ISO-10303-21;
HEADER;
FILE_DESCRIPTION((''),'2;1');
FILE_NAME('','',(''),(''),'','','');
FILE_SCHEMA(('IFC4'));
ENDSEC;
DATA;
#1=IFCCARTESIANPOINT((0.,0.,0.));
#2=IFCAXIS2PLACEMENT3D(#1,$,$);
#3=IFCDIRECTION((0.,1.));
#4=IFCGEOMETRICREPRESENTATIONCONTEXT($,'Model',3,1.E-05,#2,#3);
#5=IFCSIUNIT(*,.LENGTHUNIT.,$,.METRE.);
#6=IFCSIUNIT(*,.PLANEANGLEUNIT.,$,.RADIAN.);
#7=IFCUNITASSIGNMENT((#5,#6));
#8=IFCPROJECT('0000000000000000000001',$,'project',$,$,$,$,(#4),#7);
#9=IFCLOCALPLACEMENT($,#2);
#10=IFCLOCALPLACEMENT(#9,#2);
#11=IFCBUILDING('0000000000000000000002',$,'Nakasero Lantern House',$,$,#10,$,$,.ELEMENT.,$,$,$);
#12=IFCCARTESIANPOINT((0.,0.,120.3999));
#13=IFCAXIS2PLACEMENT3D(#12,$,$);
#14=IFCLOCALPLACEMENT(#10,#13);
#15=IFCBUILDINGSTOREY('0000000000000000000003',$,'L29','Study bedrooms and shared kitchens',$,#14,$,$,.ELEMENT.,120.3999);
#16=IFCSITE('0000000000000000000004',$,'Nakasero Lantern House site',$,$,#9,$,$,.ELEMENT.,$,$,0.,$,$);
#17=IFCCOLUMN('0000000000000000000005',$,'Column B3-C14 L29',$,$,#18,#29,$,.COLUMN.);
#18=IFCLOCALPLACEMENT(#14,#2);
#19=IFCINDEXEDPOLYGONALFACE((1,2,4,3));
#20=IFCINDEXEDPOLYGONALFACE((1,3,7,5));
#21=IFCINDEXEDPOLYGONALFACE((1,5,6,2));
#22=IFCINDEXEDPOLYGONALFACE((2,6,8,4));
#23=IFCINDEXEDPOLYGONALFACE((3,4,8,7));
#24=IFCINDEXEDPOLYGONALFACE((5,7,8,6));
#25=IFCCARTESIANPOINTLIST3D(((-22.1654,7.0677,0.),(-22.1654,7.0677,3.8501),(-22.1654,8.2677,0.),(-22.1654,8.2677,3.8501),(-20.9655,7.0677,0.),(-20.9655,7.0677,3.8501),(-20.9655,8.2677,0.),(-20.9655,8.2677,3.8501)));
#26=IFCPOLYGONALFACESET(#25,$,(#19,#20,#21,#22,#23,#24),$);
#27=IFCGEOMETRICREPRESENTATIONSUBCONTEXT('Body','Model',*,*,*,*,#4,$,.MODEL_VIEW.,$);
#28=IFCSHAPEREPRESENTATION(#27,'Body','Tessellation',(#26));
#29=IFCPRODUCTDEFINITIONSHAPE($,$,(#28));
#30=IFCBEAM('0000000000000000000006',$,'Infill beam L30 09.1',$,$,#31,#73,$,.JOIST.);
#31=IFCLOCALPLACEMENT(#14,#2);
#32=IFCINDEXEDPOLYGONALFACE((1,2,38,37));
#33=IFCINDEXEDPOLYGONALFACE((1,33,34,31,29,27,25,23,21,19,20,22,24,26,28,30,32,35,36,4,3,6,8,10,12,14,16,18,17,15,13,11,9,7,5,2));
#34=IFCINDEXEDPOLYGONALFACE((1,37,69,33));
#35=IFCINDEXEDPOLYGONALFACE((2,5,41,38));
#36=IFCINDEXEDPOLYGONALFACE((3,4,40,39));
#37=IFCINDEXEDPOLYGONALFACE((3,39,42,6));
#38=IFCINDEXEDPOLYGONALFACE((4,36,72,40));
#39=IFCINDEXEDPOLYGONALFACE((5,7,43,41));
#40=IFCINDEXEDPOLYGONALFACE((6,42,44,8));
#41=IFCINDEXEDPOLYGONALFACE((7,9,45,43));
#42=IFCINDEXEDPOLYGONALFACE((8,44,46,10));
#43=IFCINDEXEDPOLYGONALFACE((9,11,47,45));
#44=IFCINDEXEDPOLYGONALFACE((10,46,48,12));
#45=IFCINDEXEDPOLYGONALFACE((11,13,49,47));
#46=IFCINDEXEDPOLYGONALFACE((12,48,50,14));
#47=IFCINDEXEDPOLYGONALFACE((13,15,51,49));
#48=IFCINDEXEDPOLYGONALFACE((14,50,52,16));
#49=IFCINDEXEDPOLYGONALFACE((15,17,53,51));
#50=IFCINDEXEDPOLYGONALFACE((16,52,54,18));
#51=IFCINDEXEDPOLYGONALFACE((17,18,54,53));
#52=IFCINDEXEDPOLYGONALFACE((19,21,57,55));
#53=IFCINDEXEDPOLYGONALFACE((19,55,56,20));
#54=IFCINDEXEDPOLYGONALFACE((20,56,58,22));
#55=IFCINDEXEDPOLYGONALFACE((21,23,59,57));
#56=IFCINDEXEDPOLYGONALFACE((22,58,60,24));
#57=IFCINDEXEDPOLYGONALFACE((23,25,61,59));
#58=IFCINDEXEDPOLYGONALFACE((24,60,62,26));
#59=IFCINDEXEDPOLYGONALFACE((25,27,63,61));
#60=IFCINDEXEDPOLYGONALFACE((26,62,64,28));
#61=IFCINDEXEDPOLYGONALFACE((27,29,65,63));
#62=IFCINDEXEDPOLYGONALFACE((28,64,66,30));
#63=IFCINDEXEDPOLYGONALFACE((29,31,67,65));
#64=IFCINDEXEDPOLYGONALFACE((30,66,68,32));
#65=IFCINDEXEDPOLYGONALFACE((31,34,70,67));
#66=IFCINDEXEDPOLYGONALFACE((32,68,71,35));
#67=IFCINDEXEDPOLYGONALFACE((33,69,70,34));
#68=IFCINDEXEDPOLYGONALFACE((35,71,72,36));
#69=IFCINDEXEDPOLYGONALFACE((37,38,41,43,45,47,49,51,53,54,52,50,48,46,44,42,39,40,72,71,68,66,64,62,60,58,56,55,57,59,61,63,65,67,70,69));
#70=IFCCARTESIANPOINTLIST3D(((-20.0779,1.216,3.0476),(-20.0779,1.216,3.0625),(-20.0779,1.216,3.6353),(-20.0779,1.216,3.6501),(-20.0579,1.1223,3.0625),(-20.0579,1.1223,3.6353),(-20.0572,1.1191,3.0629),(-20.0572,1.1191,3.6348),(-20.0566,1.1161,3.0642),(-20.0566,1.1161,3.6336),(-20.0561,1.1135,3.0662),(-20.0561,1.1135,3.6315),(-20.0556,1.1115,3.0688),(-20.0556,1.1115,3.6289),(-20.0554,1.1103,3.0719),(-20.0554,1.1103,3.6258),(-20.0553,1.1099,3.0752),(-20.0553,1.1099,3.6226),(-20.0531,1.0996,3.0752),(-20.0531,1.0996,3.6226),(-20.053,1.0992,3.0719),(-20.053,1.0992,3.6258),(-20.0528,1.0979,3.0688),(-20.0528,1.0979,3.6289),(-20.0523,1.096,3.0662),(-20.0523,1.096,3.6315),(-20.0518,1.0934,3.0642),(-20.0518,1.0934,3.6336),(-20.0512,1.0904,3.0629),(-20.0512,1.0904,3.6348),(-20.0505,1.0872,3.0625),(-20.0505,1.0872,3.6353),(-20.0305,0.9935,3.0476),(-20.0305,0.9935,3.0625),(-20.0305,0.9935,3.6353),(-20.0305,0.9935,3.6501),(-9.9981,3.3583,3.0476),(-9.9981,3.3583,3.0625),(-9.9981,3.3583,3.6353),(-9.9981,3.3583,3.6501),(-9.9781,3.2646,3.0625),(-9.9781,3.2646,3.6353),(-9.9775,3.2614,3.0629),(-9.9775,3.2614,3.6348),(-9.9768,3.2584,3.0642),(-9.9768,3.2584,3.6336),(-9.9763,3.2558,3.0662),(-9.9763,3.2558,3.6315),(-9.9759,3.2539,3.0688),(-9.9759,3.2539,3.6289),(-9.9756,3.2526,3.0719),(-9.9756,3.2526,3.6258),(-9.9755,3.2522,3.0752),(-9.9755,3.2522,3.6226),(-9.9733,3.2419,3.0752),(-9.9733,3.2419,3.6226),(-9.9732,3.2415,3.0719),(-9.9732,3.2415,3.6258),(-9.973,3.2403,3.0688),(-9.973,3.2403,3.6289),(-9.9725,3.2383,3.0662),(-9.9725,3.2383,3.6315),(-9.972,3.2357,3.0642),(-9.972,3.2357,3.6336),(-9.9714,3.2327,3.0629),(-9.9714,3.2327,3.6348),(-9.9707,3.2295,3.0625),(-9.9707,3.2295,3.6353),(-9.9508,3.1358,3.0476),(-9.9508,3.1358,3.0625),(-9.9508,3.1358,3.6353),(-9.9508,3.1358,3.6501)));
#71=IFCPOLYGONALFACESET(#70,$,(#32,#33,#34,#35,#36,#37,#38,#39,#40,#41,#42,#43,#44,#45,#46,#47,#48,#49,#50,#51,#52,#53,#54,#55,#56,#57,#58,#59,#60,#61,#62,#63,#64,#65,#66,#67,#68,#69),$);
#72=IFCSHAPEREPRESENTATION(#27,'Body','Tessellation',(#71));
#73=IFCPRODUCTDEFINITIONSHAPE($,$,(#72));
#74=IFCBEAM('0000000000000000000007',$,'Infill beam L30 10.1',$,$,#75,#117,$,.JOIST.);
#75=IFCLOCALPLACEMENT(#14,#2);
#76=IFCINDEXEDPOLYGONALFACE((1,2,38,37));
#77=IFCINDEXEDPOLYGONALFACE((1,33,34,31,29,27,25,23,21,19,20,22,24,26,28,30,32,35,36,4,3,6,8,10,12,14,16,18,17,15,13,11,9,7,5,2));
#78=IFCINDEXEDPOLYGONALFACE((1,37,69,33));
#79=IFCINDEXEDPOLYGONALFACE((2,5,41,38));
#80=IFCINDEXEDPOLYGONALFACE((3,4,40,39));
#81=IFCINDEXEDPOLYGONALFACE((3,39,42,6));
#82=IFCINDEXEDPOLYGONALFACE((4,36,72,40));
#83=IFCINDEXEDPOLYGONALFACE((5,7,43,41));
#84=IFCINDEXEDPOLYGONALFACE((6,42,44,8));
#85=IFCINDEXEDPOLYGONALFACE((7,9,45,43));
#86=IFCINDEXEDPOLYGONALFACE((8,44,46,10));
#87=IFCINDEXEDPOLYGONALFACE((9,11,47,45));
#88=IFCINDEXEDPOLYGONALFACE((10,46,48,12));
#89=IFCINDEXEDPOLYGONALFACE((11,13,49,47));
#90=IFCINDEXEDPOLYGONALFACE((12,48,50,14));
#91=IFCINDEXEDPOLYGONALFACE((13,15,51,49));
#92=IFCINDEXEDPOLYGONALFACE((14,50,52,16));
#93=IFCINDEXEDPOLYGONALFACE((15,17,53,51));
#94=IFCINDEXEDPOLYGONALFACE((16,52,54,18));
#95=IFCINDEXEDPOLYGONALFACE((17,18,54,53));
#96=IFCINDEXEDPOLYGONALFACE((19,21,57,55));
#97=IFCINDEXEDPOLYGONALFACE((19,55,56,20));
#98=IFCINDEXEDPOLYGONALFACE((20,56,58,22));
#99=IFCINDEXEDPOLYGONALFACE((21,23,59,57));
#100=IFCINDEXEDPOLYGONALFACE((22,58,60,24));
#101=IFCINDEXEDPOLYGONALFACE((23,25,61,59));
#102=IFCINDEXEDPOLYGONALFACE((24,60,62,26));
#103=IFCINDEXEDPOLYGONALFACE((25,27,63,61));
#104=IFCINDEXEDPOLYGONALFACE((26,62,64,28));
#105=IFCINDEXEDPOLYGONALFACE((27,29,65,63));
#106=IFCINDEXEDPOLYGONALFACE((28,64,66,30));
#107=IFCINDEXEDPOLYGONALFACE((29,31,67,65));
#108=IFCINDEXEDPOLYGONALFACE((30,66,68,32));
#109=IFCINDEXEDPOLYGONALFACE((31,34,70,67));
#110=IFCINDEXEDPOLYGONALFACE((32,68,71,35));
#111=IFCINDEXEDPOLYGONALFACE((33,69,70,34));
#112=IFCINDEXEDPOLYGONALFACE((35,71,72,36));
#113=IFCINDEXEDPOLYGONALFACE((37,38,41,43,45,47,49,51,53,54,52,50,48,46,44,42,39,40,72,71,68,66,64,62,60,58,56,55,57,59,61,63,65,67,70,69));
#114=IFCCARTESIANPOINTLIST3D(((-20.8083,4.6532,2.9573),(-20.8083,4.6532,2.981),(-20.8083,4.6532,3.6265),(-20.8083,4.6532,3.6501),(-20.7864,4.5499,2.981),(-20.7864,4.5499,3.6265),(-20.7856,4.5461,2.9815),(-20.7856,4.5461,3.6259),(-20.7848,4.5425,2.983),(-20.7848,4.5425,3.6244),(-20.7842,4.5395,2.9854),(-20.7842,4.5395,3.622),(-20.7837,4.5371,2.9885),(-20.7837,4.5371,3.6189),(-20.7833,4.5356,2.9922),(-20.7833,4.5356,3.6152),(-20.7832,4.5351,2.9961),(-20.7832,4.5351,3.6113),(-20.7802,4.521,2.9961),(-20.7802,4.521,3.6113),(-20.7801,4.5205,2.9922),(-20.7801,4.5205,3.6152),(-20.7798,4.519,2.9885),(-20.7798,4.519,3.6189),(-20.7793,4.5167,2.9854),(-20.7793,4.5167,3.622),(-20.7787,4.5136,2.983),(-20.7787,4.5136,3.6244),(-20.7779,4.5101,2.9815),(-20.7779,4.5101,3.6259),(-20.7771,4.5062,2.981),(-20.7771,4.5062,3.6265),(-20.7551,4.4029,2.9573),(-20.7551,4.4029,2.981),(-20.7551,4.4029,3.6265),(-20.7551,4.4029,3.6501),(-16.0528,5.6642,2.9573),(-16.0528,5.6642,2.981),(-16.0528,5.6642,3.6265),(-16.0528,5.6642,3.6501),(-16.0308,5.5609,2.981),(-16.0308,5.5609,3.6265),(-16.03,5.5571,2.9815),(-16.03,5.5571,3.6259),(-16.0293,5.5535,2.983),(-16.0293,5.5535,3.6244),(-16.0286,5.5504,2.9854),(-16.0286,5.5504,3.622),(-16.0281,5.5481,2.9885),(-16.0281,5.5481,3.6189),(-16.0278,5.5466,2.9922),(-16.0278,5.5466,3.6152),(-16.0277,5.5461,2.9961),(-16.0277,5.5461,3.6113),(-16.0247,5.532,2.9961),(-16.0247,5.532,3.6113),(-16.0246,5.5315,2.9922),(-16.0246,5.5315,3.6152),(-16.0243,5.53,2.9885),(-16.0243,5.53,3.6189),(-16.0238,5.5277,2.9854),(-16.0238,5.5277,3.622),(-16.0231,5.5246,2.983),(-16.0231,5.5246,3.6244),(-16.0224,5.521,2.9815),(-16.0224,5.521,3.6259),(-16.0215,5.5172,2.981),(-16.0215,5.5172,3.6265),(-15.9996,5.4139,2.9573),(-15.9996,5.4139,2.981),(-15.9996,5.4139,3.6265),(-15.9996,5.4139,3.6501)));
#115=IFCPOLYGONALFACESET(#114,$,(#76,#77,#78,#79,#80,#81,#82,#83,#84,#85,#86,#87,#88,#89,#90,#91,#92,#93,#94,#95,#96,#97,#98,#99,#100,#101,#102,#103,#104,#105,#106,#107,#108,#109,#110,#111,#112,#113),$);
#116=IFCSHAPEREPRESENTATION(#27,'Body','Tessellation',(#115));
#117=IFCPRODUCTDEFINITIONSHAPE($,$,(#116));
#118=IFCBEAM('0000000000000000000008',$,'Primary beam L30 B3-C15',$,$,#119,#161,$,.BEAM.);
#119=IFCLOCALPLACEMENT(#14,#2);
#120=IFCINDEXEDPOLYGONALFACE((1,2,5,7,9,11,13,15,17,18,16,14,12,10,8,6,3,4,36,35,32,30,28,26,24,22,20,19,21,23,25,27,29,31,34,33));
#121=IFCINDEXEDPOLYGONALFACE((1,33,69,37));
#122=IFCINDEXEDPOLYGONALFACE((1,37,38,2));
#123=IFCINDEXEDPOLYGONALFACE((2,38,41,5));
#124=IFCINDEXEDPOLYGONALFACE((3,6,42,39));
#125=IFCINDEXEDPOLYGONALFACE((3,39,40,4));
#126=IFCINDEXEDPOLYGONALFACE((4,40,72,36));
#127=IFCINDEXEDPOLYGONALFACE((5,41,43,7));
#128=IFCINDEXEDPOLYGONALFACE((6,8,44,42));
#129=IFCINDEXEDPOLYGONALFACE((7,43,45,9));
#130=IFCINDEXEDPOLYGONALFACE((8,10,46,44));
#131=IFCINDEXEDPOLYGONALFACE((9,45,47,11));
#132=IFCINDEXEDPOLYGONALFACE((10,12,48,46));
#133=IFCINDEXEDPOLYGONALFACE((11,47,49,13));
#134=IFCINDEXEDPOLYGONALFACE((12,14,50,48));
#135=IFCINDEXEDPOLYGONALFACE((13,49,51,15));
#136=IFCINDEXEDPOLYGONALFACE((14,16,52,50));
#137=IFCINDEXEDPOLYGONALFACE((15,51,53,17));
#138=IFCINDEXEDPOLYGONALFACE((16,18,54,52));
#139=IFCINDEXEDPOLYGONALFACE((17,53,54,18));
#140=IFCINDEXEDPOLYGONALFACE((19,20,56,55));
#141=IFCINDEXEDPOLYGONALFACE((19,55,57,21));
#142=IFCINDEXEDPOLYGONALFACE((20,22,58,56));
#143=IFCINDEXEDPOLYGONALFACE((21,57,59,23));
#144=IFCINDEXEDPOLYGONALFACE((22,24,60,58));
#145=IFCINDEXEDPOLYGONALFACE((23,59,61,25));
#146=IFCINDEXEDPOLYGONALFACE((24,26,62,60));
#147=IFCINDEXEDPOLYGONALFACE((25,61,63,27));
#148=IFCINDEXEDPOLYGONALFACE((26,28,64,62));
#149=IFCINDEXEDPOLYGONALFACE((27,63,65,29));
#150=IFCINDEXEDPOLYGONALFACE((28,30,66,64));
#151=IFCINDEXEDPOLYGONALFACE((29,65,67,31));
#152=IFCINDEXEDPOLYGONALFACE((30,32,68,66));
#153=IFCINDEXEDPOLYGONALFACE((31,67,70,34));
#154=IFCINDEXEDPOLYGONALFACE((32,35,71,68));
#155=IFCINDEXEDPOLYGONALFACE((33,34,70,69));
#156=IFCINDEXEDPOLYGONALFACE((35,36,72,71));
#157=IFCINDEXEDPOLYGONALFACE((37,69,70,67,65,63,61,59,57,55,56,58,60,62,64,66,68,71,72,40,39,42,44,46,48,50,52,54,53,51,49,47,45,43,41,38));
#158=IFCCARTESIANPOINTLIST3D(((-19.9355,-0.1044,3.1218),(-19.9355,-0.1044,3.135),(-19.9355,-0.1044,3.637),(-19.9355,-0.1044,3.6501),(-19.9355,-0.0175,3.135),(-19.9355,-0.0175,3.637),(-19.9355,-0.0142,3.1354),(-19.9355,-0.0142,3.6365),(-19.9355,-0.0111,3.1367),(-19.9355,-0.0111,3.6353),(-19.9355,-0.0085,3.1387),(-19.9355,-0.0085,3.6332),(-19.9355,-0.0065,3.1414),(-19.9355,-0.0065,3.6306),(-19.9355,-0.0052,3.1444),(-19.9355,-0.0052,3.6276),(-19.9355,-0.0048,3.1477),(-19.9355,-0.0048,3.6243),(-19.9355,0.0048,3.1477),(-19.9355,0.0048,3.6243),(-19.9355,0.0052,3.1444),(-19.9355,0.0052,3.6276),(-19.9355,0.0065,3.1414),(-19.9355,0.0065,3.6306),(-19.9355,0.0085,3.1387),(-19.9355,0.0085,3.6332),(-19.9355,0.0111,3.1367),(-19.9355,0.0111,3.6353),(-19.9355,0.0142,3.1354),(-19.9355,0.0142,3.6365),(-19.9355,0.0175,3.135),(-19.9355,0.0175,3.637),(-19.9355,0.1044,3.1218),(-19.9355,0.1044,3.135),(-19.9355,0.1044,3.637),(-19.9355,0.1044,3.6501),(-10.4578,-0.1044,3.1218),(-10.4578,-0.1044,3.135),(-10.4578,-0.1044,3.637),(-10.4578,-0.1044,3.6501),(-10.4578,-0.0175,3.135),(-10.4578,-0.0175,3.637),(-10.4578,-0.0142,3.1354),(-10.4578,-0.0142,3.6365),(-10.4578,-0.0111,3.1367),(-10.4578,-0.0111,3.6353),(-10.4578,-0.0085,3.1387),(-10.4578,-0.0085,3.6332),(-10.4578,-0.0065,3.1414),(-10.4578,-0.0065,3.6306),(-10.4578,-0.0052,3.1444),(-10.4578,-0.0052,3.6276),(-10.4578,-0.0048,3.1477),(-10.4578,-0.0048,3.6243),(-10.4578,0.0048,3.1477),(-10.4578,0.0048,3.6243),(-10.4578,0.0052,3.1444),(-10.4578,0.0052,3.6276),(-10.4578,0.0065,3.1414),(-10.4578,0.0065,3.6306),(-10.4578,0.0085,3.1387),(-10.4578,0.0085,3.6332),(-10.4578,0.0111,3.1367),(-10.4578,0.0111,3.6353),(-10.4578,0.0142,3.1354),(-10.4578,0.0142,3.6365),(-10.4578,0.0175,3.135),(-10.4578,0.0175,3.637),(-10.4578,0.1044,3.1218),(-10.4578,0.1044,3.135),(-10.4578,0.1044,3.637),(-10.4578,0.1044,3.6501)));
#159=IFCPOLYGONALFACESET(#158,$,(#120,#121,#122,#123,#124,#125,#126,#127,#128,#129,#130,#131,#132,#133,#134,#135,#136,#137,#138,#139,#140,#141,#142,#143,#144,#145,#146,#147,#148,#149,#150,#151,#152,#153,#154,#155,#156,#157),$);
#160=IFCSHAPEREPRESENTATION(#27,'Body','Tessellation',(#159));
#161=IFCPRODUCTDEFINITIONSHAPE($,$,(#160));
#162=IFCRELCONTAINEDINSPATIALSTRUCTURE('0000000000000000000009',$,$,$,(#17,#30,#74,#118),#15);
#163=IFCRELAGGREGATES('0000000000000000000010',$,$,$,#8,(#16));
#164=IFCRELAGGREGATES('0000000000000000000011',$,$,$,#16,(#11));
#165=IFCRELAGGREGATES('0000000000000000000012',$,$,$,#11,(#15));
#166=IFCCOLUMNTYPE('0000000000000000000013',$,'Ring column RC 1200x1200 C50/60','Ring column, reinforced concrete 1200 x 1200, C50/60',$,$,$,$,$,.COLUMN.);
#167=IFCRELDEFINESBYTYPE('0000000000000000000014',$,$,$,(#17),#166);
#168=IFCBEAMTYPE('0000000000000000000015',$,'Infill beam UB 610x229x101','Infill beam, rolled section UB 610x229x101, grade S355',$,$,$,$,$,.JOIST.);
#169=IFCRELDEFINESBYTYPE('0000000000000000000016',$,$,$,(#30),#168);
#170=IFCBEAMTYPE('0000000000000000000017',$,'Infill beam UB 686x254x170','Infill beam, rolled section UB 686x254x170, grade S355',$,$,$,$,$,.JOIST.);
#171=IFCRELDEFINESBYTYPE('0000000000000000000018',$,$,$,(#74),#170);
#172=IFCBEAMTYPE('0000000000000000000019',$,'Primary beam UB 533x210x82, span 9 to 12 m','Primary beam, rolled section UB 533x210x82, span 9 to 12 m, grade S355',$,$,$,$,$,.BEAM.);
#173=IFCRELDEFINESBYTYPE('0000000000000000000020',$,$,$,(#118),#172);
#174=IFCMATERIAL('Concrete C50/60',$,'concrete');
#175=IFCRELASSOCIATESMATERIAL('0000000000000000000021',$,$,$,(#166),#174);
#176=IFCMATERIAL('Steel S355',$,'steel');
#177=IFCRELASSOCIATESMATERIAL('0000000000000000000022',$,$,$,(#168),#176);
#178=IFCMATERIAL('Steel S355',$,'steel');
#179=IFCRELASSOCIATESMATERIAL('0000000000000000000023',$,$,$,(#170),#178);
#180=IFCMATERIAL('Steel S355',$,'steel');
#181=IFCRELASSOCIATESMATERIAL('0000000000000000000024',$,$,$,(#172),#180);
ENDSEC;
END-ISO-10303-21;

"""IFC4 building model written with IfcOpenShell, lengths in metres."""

from ifc_helpers import new_model, si_unit, direction, frame, origin, origin_2d, place, context, subcontext, project, spatial, rectangle, i_section, extrude, material, material_profile, profile_set, type_object, element, save


model = new_model("IFC4")

# Units and contexts
model_context = context("Model", 3, precision=1e-05, world=origin(), true_north=direction((0.0, 1.0)))
body_context = subcontext(model_context, "Body", "Model", "MODEL_VIEW")
ifc_project = project(units=[si_unit("LENGTHUNIT", "METRE"), si_unit("PLANEANGLEUNIT", "RADIAN")], contexts=[model_context])

# Site, building, storey
site_placement = place(None, origin())
site = spatial("IfcSite", under=ifc_project, at=site_placement, Name="Nakasero Lantern House site", CompositionType="ELEMENT", RefElevation=0.0)
building_placement = place(site_placement, origin())
building = spatial("IfcBuilding", under=site, at=building_placement, Name="Nakasero Lantern House", CompositionType="ELEMENT")
storey_placement = place(building_placement, frame((0.0, 0.0, 120.3999)))
storey = spatial("IfcBuildingStorey", under=building, at=storey_placement, Name="L29", Description="Study bedrooms and shared kitchens", CompositionType="ELEMENT", Elevation=120.3999)

# Column
ifc_material_1 = material(Name="Concrete C50/60", Category="concrete")
ifc_material_profile_1 = material_profile(ifc_material_1, rectangle(XDim=1.2, YDim=1.2, at=origin_2d()), Name="RC 1200x1200")
ifc_profile_set_1 = profile_set([ifc_material_profile_1], Name="Concrete C50/60")
column_type = type_object("IfcColumnType", Name="Ring column RC 1200x1200 C50/60", Description="Ring column, reinforced concrete 1200 x 1200, C50/60", PredefinedType="COLUMN", material=ifc_profile_set_1)
column_placement = place(storey_placement, frame((-21.5654, 7.6677, 0.0), z_axis=(0.0, 0.0, 1.0), x_axis=(1.0, 0.0, 0.0)))
element("IfcColumn", 1, at=column_placement, inside=storey, type_object=column_type, Name="Column B3-C14 L29", PredefinedType="COLUMN", context=body_context, shape_type="SweptSolid", body=[
    extrude(rectangle(XDim=1.2, YDim=1.2, at=origin_2d()), origin(), (0.0, 0.0, 1.0), 3.8501),
])

# Beams
ifc_material_2 = material(Name="Steel S355", Category="steel")
ifc_material_profile_2 = material_profile(ifc_material_2, i_section(OverallWidth=0.2275, OverallDepth=0.6025, WebThickness=0.0105, FlangeThickness=0.0149, FilletRadius=0.0127, at=origin_2d()), Name="UB 610x229x101")
ifc_profile_set_2 = profile_set([ifc_material_profile_2], Name="Steel S355")
beam_type_1 = type_object("IfcBeamType", Name="Infill beam UB 610x229x101", Description="Infill beam, rolled section UB 610x229x101, grade S355", PredefinedType="JOIST", material=ifc_profile_set_2)
beam_1_placement = place(storey_placement, frame((-20.0542, 1.1047, 3.3489), z_axis=(0.978152, 0.207893, 0.0), x_axis=(-0.207893, 0.978152, 0.0)))
element("IfcBeam", 2, at=beam_1_placement, inside=storey, type_object=beam_type_1, Name="Infill beam L30 09.1", PredefinedType="JOIST", context=body_context, shape_type="SweptSolid", body=[
    extrude(i_section(OverallWidth=0.2275, OverallDepth=0.6025, WebThickness=0.0105, FlangeThickness=0.0149, FilletRadius=0.0127, at=origin_2d()), origin(), (0.0, 0.0, 1.0), 10.3049),
])
ifc_material_3 = material(Name="Steel S355", Category="steel")
ifc_material_profile_3 = material_profile(ifc_material_3, i_section(OverallWidth=0.2559, OverallDepth=0.6929, WebThickness=0.0144, FlangeThickness=0.0237, FilletRadius=0.0151, at=origin_2d()), Name="UB 686x254x170")
ifc_profile_set_3 = profile_set([ifc_material_profile_3], Name="Steel S355")
beam_type_2 = type_object("IfcBeamType", Name="Infill beam UB 686x254x170", Description="Infill beam, rolled section UB 686x254x170, grade S355", PredefinedType="JOIST", material=ifc_profile_set_3)
beam_2_placement = place(storey_placement, frame((-20.7817, 4.5281, 3.3037), z_axis=(0.978141, 0.207941, 0.0), x_axis=(-0.207941, 0.978141, 0.0)))
element("IfcBeam", 3, at=beam_2_placement, inside=storey, type_object=beam_type_2, Name="Infill beam L30 10.1", PredefinedType="JOIST", context=body_context, shape_type="SweptSolid", body=[
    extrude(i_section(OverallWidth=0.2559, OverallDepth=0.6929, WebThickness=0.0144, FlangeThickness=0.0237, FilletRadius=0.0151, at=origin_2d()), origin(), (0.0, 0.0, 1.0), 4.8618),
])
ifc_material_4 = material(Name="Steel S355", Category="steel")
ifc_material_profile_4 = material_profile(ifc_material_4, i_section(OverallWidth=0.2087, OverallDepth=0.5283, WebThickness=0.0095, FlangeThickness=0.0132, FilletRadius=0.0127, at=origin_2d()), Name="UB 533x210x82")
ifc_profile_set_4 = profile_set([ifc_material_profile_4], Name="Steel S355")
beam_type_3 = type_object("IfcBeamType", Name="Primary beam UB 533x210x82, span 9 to 12 m", Description="Primary beam, rolled section UB 533x210x82, span 9 to 12 m, grade S355", PredefinedType="BEAM", material=ifc_profile_set_4)
beam_3_placement = place(storey_placement, frame((-19.9355, 0.0, 3.386), z_axis=(1.0, 0.0, 0.0), x_axis=(0.0, 1.0, 0.0)))
element("IfcBeam", 4, at=beam_3_placement, inside=storey, type_object=beam_type_3, Name="Primary beam L30 B3-C15", PredefinedType="BEAM", context=body_context, shape_type="SweptSolid", body=[
    extrude(i_section(OverallWidth=0.2087, OverallDepth=0.5283, WebThickness=0.0095, FlangeThickness=0.0132, FilletRadius=0.0127, at=origin_2d()), origin(), (0.0, 0.0, 1.0), 9.4778),
])

save(model, "model.ifc")
